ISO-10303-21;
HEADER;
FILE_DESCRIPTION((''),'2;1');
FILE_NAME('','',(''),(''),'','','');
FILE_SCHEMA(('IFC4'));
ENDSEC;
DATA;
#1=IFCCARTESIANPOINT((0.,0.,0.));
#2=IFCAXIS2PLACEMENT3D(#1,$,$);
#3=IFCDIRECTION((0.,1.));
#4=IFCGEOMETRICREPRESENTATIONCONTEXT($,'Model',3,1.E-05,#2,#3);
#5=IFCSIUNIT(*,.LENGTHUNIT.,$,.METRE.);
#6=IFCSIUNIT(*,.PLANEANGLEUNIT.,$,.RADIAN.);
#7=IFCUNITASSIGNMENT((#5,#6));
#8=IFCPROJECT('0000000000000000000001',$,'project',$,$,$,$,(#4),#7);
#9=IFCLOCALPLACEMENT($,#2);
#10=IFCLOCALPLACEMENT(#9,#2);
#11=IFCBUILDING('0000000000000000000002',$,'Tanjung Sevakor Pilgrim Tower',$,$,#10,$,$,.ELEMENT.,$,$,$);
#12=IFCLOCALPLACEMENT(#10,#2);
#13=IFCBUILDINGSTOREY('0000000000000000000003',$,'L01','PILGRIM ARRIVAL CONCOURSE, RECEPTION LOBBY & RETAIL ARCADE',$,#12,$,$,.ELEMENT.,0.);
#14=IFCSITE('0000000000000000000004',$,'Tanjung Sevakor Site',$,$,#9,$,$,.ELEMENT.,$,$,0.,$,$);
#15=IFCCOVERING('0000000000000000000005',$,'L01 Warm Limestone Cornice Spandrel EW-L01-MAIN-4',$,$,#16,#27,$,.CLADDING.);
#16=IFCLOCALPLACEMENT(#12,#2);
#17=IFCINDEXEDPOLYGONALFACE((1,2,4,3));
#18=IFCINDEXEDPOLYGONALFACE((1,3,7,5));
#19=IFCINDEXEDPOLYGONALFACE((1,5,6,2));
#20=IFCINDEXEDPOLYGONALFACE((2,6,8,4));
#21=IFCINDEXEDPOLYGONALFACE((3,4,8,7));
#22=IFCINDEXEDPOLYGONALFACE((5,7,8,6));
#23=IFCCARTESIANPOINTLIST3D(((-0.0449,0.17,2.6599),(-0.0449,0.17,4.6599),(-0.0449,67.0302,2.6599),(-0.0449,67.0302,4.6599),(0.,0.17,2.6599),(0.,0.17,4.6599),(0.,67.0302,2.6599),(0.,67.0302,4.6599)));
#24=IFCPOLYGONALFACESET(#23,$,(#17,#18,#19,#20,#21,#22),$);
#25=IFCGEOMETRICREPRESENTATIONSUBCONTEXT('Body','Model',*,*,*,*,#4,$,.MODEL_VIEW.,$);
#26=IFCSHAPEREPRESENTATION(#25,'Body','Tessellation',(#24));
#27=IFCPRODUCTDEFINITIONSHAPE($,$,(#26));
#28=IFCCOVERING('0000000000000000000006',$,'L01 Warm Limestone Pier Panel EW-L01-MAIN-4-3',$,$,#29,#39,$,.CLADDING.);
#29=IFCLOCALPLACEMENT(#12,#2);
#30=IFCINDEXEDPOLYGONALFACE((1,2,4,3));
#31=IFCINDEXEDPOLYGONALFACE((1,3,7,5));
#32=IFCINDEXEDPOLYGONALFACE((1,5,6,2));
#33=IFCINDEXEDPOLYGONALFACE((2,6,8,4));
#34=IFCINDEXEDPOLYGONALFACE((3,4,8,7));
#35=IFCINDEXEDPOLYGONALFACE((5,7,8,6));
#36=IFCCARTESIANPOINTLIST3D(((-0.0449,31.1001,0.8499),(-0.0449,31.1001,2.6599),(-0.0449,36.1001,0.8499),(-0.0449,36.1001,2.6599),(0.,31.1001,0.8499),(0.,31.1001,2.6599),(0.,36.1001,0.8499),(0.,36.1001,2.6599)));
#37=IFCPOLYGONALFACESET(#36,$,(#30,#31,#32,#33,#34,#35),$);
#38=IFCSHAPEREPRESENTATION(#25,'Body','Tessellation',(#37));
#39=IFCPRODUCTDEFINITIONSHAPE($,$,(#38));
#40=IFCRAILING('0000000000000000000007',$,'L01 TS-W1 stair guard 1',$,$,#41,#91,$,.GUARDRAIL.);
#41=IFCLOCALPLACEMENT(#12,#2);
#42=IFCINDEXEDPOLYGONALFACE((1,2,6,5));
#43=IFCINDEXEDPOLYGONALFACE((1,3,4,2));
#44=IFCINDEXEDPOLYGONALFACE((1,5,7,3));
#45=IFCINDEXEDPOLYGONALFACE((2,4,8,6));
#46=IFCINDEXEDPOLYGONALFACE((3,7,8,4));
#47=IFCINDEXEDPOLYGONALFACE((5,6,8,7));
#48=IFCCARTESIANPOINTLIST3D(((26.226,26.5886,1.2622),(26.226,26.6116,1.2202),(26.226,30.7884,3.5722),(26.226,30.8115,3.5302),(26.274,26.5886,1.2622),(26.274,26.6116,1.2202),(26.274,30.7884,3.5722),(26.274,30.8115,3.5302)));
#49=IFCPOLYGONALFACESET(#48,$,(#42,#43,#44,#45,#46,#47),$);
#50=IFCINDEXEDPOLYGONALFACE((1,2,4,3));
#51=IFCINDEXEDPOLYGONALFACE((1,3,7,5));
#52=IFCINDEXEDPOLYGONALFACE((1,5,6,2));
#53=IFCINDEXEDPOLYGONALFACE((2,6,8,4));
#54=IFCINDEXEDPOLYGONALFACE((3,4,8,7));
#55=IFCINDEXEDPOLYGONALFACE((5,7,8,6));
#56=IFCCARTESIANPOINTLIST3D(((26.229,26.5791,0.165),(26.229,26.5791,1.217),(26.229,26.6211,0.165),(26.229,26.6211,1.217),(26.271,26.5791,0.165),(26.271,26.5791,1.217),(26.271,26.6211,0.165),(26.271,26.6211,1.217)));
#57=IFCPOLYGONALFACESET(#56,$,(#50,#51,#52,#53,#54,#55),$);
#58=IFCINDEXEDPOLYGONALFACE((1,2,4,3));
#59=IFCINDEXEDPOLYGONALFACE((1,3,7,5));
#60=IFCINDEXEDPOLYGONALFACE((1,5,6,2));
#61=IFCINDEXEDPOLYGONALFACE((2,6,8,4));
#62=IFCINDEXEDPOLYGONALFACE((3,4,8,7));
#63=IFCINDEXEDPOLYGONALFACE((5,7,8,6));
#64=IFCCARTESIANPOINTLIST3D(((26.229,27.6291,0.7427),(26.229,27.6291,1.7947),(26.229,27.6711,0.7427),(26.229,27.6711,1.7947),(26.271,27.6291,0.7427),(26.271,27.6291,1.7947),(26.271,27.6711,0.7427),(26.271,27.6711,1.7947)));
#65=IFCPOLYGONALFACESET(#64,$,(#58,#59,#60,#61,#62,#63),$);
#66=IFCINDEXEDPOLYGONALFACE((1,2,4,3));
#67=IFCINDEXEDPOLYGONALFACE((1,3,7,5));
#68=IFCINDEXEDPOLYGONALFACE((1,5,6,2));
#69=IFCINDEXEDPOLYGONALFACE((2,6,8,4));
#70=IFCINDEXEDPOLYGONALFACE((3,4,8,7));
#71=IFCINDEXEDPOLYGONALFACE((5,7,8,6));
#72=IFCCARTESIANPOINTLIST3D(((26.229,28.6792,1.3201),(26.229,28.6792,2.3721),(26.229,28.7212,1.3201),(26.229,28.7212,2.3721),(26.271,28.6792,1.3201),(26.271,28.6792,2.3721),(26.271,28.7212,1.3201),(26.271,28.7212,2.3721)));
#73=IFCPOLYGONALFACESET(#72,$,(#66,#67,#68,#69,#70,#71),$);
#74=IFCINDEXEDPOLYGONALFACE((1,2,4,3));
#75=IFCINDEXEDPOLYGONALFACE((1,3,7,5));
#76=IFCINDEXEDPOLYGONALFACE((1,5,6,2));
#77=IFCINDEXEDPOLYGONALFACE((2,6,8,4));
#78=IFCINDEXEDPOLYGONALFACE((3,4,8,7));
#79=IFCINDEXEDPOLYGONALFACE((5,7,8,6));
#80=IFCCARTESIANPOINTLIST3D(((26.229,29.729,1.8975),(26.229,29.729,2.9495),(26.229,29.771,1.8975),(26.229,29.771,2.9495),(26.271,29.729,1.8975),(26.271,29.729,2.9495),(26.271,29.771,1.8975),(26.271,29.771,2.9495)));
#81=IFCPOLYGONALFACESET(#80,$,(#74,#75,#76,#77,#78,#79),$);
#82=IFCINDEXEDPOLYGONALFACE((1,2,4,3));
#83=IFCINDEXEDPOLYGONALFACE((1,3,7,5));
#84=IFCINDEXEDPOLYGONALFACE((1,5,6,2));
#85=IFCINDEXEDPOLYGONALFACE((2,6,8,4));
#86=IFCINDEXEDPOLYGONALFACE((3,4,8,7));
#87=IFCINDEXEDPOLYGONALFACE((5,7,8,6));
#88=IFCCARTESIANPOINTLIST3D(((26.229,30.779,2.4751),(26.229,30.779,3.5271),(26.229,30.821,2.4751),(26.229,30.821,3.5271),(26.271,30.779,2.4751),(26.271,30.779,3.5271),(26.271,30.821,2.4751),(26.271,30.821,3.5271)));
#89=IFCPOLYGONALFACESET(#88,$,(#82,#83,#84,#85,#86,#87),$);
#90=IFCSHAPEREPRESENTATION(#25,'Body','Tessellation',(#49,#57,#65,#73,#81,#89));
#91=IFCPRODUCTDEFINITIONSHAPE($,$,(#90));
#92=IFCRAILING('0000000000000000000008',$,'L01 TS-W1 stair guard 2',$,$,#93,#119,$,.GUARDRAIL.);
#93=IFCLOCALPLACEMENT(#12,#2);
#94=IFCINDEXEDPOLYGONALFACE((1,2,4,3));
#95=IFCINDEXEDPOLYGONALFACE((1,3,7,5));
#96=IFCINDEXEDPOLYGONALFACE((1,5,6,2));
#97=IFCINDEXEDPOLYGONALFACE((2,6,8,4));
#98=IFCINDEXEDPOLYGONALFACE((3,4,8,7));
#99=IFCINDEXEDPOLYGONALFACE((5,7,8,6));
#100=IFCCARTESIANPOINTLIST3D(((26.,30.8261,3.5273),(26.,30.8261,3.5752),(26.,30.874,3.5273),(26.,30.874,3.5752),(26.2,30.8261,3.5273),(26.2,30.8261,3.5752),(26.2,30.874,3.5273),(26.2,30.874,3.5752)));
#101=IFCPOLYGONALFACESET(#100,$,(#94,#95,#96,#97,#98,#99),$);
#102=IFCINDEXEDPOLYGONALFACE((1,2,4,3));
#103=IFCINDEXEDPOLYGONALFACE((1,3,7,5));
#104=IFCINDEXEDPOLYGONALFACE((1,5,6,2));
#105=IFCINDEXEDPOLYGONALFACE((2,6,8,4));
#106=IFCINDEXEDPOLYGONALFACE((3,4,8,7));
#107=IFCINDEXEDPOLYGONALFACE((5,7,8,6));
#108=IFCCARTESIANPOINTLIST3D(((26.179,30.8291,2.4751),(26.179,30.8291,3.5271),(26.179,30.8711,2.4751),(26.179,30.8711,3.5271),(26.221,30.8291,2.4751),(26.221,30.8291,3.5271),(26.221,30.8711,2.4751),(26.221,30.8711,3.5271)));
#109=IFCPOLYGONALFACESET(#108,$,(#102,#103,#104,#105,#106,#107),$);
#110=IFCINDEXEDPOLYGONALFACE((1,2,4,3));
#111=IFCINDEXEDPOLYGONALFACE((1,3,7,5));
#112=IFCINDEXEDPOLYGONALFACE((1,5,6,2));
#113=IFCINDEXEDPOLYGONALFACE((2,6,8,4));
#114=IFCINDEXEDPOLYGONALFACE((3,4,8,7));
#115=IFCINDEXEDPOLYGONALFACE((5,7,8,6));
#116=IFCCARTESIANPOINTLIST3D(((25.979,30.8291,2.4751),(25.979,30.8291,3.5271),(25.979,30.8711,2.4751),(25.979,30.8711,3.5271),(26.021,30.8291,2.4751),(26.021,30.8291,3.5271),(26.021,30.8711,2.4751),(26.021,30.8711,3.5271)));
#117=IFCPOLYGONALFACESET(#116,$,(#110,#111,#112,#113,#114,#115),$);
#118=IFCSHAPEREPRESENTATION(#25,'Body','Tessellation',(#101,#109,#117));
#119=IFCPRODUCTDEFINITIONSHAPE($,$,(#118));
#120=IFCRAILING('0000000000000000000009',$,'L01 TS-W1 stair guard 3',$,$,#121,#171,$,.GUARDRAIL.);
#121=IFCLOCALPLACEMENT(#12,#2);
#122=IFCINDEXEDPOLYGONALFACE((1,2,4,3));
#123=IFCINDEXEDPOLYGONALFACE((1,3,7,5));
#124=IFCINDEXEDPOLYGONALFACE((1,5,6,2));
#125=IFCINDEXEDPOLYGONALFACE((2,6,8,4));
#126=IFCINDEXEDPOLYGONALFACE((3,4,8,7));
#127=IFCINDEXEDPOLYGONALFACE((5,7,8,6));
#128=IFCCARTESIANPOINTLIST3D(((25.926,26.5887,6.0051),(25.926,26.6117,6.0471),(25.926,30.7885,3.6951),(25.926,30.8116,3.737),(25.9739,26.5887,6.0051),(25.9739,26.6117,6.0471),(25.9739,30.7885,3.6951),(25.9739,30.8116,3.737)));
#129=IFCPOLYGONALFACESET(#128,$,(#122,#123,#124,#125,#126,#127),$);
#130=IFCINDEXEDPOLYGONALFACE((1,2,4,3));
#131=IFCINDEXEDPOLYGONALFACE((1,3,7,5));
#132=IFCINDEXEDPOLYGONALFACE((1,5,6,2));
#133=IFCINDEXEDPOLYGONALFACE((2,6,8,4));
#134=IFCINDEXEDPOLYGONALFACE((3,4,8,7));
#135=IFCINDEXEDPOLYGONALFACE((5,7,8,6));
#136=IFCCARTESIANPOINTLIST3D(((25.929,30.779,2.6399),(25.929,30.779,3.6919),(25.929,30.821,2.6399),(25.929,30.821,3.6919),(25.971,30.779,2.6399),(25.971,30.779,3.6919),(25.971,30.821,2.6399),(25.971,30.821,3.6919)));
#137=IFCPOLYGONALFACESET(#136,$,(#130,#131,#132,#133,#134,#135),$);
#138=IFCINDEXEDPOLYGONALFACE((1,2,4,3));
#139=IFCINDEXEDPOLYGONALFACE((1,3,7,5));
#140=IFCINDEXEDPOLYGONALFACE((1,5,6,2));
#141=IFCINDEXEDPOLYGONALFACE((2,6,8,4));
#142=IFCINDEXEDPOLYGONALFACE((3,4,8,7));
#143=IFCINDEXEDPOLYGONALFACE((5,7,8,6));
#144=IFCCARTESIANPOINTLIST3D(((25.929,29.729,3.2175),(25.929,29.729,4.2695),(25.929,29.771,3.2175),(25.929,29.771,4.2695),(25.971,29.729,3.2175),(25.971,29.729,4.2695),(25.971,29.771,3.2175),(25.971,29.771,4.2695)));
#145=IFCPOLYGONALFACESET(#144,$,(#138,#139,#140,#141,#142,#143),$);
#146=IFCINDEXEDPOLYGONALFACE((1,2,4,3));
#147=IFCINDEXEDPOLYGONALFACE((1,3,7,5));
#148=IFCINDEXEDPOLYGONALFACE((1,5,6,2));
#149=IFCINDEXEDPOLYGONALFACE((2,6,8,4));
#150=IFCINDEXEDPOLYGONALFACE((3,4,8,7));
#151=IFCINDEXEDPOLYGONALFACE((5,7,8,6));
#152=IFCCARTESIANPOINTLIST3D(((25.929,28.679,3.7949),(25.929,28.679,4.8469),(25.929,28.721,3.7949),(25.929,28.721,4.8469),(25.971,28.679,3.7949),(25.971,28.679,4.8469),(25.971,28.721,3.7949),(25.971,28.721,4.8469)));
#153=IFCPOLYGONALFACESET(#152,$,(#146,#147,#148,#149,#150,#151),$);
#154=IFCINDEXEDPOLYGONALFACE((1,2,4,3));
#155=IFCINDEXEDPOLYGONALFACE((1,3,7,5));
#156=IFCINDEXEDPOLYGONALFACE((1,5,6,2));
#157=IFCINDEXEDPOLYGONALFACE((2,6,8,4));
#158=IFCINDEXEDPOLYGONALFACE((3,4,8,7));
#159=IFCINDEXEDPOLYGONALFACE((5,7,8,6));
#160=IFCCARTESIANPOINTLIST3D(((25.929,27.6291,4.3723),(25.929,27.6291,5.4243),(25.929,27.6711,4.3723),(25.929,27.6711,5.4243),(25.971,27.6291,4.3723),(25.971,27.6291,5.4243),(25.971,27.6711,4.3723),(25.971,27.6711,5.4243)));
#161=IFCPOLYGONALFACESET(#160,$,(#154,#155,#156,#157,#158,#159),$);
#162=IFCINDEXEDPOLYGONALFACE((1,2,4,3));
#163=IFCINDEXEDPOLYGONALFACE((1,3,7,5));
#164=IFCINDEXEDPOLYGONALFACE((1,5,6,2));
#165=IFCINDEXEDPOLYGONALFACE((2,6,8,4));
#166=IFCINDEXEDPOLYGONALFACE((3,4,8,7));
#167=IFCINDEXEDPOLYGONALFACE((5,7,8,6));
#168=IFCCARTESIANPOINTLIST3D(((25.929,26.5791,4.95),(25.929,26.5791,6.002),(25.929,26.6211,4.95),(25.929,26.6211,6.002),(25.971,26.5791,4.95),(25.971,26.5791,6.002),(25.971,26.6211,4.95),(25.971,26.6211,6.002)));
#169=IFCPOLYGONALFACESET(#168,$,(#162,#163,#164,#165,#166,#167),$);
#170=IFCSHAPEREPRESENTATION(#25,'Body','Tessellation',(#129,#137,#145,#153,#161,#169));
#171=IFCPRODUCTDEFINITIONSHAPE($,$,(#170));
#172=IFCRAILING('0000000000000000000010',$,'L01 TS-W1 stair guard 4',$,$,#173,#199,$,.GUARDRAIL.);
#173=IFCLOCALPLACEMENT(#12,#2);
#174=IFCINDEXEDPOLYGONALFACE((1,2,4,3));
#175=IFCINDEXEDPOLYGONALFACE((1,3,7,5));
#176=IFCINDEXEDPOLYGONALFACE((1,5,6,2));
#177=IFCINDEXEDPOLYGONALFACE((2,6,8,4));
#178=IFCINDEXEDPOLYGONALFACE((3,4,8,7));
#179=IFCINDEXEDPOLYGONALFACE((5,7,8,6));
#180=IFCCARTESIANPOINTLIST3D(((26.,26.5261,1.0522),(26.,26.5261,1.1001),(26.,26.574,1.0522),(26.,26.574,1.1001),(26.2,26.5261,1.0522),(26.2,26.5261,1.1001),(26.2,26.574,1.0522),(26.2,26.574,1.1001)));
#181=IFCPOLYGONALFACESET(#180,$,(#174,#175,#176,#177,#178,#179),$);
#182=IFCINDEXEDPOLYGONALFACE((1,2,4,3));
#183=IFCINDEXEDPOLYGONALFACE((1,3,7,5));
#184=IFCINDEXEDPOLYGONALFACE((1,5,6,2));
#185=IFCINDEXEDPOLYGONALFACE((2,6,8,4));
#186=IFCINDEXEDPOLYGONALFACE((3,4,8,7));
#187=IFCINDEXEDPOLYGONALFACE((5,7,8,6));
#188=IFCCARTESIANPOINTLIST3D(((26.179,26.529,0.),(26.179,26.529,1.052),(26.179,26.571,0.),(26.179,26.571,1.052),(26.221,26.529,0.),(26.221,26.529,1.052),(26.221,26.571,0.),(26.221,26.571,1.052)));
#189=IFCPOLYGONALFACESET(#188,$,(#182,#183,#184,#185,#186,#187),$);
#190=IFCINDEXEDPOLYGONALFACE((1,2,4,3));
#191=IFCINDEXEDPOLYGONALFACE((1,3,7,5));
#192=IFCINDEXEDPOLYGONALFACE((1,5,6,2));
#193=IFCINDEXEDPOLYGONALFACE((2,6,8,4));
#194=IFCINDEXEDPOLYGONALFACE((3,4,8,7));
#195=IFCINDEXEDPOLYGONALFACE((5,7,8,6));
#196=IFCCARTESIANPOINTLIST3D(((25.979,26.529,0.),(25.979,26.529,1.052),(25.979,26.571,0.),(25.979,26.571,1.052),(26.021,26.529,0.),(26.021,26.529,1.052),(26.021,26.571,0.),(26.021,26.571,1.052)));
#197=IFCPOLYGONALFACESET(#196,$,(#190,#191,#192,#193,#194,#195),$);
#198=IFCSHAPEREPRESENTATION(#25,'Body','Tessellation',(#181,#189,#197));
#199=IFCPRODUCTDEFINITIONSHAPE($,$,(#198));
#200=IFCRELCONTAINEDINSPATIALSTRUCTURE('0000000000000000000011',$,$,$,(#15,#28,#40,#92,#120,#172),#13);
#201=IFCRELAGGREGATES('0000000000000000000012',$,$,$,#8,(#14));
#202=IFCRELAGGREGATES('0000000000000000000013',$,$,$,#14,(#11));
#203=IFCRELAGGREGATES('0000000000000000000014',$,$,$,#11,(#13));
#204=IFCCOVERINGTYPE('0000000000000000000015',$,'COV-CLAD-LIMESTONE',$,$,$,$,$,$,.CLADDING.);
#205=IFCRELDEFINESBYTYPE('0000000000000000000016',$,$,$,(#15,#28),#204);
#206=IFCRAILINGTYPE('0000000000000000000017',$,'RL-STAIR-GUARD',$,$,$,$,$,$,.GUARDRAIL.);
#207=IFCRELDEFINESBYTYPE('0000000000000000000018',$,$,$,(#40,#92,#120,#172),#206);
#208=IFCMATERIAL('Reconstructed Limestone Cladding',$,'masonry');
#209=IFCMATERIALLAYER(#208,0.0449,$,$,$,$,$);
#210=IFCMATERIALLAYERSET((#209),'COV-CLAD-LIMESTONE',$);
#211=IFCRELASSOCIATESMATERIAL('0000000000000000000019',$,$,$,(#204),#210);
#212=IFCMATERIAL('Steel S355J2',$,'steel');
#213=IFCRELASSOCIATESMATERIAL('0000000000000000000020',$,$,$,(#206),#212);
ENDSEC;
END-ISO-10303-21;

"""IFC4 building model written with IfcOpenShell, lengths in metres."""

from ifc_helpers import new_model, si_unit, direction, frame, origin, origin_2d, place, context, subcontext, project, spatial, rectangle, extrude, material, layer, layer_set, type_object, element, save


model = new_model("IFC4")

# Units and contexts
model_context = context("Model", 3, precision=1e-05, world=origin(), true_north=direction((0.0, 1.0)))
body_context = subcontext(model_context, "Body", "Model", "MODEL_VIEW")
ifc_project = project(units=[si_unit("LENGTHUNIT", "METRE"), si_unit("PLANEANGLEUNIT", "RADIAN")], contexts=[model_context])

# Site, building, storey
site_placement = place(None, origin())
site = spatial("IfcSite", under=ifc_project, at=site_placement, Name="Tanjung Sevakor Site", CompositionType="ELEMENT", RefElevation=0.0)
building_placement = place(site_placement, origin())
building = spatial("IfcBuilding", under=site, at=building_placement, Name="Tanjung Sevakor Pilgrim Tower", CompositionType="ELEMENT")
storey_placement = place(building_placement, origin())
storey = spatial("IfcBuildingStorey", under=building, at=storey_placement, Name="L01", Description="PILGRIM ARRIVAL CONCOURSE, RECEPTION LOBBY & RETAIL ARCADE", CompositionType="ELEMENT", Elevation=0.0)

# Coverings
ifc_material_1 = material(Name="Reconstructed Limestone Cladding", Category="masonry")
ifc_layer_1 = layer(ifc_material_1, 0.0449)
ifc_layer_set_1 = layer_set([ifc_layer_1], Name="COV-CLAD-LIMESTONE")
covering_type = type_object("IfcCoveringType", Name="COV-CLAD-LIMESTONE", PredefinedType="CLADDING", material=ifc_layer_set_1)
covering_1_placement = place(storey_placement, frame((-0.0225, 33.6001, 2.6599), z_axis=(0.0, 0.0, 1.0), x_axis=(0.0, -1.0, 0.0)))
element("IfcCovering", 1, at=covering_1_placement, inside=storey, type_object=covering_type, Name="L01 Warm Limestone Cornice Spandrel EW-L01-MAIN-4", PredefinedType="CLADDING", context=body_context, shape_type="SweptSolid", body=[
    extrude(rectangle(XDim=66.8601, YDim=0.0449, at=origin_2d()), origin(), (0.0, 0.0, 1.0), 2.0),
])
covering_2_placement = place(storey_placement, frame((-0.0225, 33.6001, 0.8499), z_axis=(0.0, 0.0, 1.0), x_axis=(0.0, -1.0, 0.0)))
element("IfcCovering", 2, at=covering_2_placement, inside=storey, type_object=covering_type, Name="L01 Warm Limestone Pier Panel EW-L01-MAIN-4-3", PredefinedType="CLADDING", context=body_context, shape_type="SweptSolid", body=[
    extrude(rectangle(XDim=5.0, YDim=0.0449, at=origin_2d()), origin(), (0.0, 0.0, 1.0), 1.8101),
])

# Railings
ifc_material_2 = material(Name="Steel S355J2", Category="steel")
railing_type_1 = type_object("IfcRailingType", Name="RL-STAIR-GUARD", PredefinedType="GUARDRAIL", material=ifc_material_2)
railing_1_placement = place(storey_placement, frame((26.25, 26.6001, 0.165)))
element("IfcRailing", 3, at=railing_1_placement, inside=storey, type_object=railing_type_1, Name="L01 TS-W1 stair guard 1", PredefinedType="GUARDRAIL", context=body_context, shape_type="SweptSolid", body=[
    extrude(rectangle(XDim=0.0479, YDim=0.0479), frame((0.0, 0.0, 1.0762), z_axis=(0.0, 0.876208, 0.481932), x_axis=(-1.0, 0.0, 0.0)), (0.0, 0.0, 1.0), 4.7932),
    extrude(rectangle(XDim=0.042, YDim=0.042), origin(), (0.0, 0.0, 1.0), 1.052),
    extrude(rectangle(XDim=0.042, YDim=0.042), frame((0.0, 1.05, 0.5776)), (0.0, 0.0, 1.0), 1.052),
    extrude(rectangle(XDim=0.042, YDim=0.042), frame((0.0, 2.1001, 1.155)), (0.0, 0.0, 1.0), 1.052),
    extrude(rectangle(XDim=0.042, YDim=0.042), frame((0.0, 3.1499, 1.7324)), (0.0, 0.0, 1.0), 1.052),
    extrude(rectangle(XDim=0.042, YDim=0.042), frame((0.0, 4.2, 2.3101)), (0.0, 0.0, 1.0), 1.052),
])
railing_2_placement = place(storey_placement, frame((26.2, 30.8501, 2.4751)))
element("IfcRailing", 4, at=railing_2_placement, inside=storey, type_object=railing_type_1, Name="L01 TS-W1 stair guard 2", PredefinedType="GUARDRAIL", context=body_context, shape_type="SweptSolid", body=[
    extrude(rectangle(XDim=0.0479, YDim=0.0479), frame((0.0, 0.0, 1.0762), z_axis=(-1.0, 0.0, 0.0), x_axis=(0.0, -1.0, 0.0)), (0.0, 0.0, 1.0), 0.2),
    extrude(rectangle(XDim=0.042, YDim=0.042), origin(), (0.0, 0.0, 1.0), 1.052),
    extrude(rectangle(XDim=0.042, YDim=0.042), frame((-0.2, 0.0, 0.0)), (0.0, 0.0, 1.0), 1.052),
])
railing_3_placement = place(storey_placement, frame((25.95, 30.8, 2.6399)))
element("IfcRailing", 5, at=railing_3_placement, inside=storey, type_object=railing_type_1, Name="L01 TS-W1 stair guard 3", PredefinedType="GUARDRAIL", context=body_context, shape_type="SweptSolid", body=[
    extrude(rectangle(XDim=0.0479, YDim=0.0479), frame((0.0, 0.0, 1.0762), z_axis=(0.0, -0.876208, 0.481932), x_axis=(1.0, 0.0, 0.0)), (0.0, 0.0, 1.0), 4.7932),
    extrude(rectangle(XDim=0.042, YDim=0.042), origin(), (0.0, 0.0, 1.0), 1.052),
    extrude(rectangle(XDim=0.042, YDim=0.042), frame((0.0, -1.05, 0.5776)), (0.0, 0.0, 1.0), 1.052),
    extrude(rectangle(XDim=0.042, YDim=0.042), frame((0.0, -2.1001, 1.155)), (0.0, 0.0, 1.0), 1.052),
    extrude(rectangle(XDim=0.042, YDim=0.042), frame((0.0, -3.1499, 1.7324)), (0.0, 0.0, 1.0), 1.052),
    extrude(rectangle(XDim=0.042, YDim=0.042), frame((0.0, -4.2, 2.3101)), (0.0, 0.0, 1.0), 1.052),
])
railing_4_placement = place(storey_placement, frame((26.2, 26.55, 0.0)))
element("IfcRailing", 6, at=railing_4_placement, inside=storey, type_object=railing_type_1, Name="L01 TS-W1 stair guard 4", PredefinedType="GUARDRAIL", context=body_context, shape_type="SweptSolid", body=[
    extrude(rectangle(XDim=0.0479, YDim=0.0479), frame((0.0, 0.0, 1.0762), z_axis=(-1.0, 0.0, 0.0), x_axis=(0.0, -1.0, 0.0)), (0.0, 0.0, 1.0), 0.2),
    extrude(rectangle(XDim=0.042, YDim=0.042), origin(), (0.0, 0.0, 1.0), 1.052),
    extrude(rectangle(XDim=0.042, YDim=0.042), frame((-0.2, 0.0, 0.0)), (0.0, 0.0, 1.0), 1.052),
])

save(model, "model.ifc")
